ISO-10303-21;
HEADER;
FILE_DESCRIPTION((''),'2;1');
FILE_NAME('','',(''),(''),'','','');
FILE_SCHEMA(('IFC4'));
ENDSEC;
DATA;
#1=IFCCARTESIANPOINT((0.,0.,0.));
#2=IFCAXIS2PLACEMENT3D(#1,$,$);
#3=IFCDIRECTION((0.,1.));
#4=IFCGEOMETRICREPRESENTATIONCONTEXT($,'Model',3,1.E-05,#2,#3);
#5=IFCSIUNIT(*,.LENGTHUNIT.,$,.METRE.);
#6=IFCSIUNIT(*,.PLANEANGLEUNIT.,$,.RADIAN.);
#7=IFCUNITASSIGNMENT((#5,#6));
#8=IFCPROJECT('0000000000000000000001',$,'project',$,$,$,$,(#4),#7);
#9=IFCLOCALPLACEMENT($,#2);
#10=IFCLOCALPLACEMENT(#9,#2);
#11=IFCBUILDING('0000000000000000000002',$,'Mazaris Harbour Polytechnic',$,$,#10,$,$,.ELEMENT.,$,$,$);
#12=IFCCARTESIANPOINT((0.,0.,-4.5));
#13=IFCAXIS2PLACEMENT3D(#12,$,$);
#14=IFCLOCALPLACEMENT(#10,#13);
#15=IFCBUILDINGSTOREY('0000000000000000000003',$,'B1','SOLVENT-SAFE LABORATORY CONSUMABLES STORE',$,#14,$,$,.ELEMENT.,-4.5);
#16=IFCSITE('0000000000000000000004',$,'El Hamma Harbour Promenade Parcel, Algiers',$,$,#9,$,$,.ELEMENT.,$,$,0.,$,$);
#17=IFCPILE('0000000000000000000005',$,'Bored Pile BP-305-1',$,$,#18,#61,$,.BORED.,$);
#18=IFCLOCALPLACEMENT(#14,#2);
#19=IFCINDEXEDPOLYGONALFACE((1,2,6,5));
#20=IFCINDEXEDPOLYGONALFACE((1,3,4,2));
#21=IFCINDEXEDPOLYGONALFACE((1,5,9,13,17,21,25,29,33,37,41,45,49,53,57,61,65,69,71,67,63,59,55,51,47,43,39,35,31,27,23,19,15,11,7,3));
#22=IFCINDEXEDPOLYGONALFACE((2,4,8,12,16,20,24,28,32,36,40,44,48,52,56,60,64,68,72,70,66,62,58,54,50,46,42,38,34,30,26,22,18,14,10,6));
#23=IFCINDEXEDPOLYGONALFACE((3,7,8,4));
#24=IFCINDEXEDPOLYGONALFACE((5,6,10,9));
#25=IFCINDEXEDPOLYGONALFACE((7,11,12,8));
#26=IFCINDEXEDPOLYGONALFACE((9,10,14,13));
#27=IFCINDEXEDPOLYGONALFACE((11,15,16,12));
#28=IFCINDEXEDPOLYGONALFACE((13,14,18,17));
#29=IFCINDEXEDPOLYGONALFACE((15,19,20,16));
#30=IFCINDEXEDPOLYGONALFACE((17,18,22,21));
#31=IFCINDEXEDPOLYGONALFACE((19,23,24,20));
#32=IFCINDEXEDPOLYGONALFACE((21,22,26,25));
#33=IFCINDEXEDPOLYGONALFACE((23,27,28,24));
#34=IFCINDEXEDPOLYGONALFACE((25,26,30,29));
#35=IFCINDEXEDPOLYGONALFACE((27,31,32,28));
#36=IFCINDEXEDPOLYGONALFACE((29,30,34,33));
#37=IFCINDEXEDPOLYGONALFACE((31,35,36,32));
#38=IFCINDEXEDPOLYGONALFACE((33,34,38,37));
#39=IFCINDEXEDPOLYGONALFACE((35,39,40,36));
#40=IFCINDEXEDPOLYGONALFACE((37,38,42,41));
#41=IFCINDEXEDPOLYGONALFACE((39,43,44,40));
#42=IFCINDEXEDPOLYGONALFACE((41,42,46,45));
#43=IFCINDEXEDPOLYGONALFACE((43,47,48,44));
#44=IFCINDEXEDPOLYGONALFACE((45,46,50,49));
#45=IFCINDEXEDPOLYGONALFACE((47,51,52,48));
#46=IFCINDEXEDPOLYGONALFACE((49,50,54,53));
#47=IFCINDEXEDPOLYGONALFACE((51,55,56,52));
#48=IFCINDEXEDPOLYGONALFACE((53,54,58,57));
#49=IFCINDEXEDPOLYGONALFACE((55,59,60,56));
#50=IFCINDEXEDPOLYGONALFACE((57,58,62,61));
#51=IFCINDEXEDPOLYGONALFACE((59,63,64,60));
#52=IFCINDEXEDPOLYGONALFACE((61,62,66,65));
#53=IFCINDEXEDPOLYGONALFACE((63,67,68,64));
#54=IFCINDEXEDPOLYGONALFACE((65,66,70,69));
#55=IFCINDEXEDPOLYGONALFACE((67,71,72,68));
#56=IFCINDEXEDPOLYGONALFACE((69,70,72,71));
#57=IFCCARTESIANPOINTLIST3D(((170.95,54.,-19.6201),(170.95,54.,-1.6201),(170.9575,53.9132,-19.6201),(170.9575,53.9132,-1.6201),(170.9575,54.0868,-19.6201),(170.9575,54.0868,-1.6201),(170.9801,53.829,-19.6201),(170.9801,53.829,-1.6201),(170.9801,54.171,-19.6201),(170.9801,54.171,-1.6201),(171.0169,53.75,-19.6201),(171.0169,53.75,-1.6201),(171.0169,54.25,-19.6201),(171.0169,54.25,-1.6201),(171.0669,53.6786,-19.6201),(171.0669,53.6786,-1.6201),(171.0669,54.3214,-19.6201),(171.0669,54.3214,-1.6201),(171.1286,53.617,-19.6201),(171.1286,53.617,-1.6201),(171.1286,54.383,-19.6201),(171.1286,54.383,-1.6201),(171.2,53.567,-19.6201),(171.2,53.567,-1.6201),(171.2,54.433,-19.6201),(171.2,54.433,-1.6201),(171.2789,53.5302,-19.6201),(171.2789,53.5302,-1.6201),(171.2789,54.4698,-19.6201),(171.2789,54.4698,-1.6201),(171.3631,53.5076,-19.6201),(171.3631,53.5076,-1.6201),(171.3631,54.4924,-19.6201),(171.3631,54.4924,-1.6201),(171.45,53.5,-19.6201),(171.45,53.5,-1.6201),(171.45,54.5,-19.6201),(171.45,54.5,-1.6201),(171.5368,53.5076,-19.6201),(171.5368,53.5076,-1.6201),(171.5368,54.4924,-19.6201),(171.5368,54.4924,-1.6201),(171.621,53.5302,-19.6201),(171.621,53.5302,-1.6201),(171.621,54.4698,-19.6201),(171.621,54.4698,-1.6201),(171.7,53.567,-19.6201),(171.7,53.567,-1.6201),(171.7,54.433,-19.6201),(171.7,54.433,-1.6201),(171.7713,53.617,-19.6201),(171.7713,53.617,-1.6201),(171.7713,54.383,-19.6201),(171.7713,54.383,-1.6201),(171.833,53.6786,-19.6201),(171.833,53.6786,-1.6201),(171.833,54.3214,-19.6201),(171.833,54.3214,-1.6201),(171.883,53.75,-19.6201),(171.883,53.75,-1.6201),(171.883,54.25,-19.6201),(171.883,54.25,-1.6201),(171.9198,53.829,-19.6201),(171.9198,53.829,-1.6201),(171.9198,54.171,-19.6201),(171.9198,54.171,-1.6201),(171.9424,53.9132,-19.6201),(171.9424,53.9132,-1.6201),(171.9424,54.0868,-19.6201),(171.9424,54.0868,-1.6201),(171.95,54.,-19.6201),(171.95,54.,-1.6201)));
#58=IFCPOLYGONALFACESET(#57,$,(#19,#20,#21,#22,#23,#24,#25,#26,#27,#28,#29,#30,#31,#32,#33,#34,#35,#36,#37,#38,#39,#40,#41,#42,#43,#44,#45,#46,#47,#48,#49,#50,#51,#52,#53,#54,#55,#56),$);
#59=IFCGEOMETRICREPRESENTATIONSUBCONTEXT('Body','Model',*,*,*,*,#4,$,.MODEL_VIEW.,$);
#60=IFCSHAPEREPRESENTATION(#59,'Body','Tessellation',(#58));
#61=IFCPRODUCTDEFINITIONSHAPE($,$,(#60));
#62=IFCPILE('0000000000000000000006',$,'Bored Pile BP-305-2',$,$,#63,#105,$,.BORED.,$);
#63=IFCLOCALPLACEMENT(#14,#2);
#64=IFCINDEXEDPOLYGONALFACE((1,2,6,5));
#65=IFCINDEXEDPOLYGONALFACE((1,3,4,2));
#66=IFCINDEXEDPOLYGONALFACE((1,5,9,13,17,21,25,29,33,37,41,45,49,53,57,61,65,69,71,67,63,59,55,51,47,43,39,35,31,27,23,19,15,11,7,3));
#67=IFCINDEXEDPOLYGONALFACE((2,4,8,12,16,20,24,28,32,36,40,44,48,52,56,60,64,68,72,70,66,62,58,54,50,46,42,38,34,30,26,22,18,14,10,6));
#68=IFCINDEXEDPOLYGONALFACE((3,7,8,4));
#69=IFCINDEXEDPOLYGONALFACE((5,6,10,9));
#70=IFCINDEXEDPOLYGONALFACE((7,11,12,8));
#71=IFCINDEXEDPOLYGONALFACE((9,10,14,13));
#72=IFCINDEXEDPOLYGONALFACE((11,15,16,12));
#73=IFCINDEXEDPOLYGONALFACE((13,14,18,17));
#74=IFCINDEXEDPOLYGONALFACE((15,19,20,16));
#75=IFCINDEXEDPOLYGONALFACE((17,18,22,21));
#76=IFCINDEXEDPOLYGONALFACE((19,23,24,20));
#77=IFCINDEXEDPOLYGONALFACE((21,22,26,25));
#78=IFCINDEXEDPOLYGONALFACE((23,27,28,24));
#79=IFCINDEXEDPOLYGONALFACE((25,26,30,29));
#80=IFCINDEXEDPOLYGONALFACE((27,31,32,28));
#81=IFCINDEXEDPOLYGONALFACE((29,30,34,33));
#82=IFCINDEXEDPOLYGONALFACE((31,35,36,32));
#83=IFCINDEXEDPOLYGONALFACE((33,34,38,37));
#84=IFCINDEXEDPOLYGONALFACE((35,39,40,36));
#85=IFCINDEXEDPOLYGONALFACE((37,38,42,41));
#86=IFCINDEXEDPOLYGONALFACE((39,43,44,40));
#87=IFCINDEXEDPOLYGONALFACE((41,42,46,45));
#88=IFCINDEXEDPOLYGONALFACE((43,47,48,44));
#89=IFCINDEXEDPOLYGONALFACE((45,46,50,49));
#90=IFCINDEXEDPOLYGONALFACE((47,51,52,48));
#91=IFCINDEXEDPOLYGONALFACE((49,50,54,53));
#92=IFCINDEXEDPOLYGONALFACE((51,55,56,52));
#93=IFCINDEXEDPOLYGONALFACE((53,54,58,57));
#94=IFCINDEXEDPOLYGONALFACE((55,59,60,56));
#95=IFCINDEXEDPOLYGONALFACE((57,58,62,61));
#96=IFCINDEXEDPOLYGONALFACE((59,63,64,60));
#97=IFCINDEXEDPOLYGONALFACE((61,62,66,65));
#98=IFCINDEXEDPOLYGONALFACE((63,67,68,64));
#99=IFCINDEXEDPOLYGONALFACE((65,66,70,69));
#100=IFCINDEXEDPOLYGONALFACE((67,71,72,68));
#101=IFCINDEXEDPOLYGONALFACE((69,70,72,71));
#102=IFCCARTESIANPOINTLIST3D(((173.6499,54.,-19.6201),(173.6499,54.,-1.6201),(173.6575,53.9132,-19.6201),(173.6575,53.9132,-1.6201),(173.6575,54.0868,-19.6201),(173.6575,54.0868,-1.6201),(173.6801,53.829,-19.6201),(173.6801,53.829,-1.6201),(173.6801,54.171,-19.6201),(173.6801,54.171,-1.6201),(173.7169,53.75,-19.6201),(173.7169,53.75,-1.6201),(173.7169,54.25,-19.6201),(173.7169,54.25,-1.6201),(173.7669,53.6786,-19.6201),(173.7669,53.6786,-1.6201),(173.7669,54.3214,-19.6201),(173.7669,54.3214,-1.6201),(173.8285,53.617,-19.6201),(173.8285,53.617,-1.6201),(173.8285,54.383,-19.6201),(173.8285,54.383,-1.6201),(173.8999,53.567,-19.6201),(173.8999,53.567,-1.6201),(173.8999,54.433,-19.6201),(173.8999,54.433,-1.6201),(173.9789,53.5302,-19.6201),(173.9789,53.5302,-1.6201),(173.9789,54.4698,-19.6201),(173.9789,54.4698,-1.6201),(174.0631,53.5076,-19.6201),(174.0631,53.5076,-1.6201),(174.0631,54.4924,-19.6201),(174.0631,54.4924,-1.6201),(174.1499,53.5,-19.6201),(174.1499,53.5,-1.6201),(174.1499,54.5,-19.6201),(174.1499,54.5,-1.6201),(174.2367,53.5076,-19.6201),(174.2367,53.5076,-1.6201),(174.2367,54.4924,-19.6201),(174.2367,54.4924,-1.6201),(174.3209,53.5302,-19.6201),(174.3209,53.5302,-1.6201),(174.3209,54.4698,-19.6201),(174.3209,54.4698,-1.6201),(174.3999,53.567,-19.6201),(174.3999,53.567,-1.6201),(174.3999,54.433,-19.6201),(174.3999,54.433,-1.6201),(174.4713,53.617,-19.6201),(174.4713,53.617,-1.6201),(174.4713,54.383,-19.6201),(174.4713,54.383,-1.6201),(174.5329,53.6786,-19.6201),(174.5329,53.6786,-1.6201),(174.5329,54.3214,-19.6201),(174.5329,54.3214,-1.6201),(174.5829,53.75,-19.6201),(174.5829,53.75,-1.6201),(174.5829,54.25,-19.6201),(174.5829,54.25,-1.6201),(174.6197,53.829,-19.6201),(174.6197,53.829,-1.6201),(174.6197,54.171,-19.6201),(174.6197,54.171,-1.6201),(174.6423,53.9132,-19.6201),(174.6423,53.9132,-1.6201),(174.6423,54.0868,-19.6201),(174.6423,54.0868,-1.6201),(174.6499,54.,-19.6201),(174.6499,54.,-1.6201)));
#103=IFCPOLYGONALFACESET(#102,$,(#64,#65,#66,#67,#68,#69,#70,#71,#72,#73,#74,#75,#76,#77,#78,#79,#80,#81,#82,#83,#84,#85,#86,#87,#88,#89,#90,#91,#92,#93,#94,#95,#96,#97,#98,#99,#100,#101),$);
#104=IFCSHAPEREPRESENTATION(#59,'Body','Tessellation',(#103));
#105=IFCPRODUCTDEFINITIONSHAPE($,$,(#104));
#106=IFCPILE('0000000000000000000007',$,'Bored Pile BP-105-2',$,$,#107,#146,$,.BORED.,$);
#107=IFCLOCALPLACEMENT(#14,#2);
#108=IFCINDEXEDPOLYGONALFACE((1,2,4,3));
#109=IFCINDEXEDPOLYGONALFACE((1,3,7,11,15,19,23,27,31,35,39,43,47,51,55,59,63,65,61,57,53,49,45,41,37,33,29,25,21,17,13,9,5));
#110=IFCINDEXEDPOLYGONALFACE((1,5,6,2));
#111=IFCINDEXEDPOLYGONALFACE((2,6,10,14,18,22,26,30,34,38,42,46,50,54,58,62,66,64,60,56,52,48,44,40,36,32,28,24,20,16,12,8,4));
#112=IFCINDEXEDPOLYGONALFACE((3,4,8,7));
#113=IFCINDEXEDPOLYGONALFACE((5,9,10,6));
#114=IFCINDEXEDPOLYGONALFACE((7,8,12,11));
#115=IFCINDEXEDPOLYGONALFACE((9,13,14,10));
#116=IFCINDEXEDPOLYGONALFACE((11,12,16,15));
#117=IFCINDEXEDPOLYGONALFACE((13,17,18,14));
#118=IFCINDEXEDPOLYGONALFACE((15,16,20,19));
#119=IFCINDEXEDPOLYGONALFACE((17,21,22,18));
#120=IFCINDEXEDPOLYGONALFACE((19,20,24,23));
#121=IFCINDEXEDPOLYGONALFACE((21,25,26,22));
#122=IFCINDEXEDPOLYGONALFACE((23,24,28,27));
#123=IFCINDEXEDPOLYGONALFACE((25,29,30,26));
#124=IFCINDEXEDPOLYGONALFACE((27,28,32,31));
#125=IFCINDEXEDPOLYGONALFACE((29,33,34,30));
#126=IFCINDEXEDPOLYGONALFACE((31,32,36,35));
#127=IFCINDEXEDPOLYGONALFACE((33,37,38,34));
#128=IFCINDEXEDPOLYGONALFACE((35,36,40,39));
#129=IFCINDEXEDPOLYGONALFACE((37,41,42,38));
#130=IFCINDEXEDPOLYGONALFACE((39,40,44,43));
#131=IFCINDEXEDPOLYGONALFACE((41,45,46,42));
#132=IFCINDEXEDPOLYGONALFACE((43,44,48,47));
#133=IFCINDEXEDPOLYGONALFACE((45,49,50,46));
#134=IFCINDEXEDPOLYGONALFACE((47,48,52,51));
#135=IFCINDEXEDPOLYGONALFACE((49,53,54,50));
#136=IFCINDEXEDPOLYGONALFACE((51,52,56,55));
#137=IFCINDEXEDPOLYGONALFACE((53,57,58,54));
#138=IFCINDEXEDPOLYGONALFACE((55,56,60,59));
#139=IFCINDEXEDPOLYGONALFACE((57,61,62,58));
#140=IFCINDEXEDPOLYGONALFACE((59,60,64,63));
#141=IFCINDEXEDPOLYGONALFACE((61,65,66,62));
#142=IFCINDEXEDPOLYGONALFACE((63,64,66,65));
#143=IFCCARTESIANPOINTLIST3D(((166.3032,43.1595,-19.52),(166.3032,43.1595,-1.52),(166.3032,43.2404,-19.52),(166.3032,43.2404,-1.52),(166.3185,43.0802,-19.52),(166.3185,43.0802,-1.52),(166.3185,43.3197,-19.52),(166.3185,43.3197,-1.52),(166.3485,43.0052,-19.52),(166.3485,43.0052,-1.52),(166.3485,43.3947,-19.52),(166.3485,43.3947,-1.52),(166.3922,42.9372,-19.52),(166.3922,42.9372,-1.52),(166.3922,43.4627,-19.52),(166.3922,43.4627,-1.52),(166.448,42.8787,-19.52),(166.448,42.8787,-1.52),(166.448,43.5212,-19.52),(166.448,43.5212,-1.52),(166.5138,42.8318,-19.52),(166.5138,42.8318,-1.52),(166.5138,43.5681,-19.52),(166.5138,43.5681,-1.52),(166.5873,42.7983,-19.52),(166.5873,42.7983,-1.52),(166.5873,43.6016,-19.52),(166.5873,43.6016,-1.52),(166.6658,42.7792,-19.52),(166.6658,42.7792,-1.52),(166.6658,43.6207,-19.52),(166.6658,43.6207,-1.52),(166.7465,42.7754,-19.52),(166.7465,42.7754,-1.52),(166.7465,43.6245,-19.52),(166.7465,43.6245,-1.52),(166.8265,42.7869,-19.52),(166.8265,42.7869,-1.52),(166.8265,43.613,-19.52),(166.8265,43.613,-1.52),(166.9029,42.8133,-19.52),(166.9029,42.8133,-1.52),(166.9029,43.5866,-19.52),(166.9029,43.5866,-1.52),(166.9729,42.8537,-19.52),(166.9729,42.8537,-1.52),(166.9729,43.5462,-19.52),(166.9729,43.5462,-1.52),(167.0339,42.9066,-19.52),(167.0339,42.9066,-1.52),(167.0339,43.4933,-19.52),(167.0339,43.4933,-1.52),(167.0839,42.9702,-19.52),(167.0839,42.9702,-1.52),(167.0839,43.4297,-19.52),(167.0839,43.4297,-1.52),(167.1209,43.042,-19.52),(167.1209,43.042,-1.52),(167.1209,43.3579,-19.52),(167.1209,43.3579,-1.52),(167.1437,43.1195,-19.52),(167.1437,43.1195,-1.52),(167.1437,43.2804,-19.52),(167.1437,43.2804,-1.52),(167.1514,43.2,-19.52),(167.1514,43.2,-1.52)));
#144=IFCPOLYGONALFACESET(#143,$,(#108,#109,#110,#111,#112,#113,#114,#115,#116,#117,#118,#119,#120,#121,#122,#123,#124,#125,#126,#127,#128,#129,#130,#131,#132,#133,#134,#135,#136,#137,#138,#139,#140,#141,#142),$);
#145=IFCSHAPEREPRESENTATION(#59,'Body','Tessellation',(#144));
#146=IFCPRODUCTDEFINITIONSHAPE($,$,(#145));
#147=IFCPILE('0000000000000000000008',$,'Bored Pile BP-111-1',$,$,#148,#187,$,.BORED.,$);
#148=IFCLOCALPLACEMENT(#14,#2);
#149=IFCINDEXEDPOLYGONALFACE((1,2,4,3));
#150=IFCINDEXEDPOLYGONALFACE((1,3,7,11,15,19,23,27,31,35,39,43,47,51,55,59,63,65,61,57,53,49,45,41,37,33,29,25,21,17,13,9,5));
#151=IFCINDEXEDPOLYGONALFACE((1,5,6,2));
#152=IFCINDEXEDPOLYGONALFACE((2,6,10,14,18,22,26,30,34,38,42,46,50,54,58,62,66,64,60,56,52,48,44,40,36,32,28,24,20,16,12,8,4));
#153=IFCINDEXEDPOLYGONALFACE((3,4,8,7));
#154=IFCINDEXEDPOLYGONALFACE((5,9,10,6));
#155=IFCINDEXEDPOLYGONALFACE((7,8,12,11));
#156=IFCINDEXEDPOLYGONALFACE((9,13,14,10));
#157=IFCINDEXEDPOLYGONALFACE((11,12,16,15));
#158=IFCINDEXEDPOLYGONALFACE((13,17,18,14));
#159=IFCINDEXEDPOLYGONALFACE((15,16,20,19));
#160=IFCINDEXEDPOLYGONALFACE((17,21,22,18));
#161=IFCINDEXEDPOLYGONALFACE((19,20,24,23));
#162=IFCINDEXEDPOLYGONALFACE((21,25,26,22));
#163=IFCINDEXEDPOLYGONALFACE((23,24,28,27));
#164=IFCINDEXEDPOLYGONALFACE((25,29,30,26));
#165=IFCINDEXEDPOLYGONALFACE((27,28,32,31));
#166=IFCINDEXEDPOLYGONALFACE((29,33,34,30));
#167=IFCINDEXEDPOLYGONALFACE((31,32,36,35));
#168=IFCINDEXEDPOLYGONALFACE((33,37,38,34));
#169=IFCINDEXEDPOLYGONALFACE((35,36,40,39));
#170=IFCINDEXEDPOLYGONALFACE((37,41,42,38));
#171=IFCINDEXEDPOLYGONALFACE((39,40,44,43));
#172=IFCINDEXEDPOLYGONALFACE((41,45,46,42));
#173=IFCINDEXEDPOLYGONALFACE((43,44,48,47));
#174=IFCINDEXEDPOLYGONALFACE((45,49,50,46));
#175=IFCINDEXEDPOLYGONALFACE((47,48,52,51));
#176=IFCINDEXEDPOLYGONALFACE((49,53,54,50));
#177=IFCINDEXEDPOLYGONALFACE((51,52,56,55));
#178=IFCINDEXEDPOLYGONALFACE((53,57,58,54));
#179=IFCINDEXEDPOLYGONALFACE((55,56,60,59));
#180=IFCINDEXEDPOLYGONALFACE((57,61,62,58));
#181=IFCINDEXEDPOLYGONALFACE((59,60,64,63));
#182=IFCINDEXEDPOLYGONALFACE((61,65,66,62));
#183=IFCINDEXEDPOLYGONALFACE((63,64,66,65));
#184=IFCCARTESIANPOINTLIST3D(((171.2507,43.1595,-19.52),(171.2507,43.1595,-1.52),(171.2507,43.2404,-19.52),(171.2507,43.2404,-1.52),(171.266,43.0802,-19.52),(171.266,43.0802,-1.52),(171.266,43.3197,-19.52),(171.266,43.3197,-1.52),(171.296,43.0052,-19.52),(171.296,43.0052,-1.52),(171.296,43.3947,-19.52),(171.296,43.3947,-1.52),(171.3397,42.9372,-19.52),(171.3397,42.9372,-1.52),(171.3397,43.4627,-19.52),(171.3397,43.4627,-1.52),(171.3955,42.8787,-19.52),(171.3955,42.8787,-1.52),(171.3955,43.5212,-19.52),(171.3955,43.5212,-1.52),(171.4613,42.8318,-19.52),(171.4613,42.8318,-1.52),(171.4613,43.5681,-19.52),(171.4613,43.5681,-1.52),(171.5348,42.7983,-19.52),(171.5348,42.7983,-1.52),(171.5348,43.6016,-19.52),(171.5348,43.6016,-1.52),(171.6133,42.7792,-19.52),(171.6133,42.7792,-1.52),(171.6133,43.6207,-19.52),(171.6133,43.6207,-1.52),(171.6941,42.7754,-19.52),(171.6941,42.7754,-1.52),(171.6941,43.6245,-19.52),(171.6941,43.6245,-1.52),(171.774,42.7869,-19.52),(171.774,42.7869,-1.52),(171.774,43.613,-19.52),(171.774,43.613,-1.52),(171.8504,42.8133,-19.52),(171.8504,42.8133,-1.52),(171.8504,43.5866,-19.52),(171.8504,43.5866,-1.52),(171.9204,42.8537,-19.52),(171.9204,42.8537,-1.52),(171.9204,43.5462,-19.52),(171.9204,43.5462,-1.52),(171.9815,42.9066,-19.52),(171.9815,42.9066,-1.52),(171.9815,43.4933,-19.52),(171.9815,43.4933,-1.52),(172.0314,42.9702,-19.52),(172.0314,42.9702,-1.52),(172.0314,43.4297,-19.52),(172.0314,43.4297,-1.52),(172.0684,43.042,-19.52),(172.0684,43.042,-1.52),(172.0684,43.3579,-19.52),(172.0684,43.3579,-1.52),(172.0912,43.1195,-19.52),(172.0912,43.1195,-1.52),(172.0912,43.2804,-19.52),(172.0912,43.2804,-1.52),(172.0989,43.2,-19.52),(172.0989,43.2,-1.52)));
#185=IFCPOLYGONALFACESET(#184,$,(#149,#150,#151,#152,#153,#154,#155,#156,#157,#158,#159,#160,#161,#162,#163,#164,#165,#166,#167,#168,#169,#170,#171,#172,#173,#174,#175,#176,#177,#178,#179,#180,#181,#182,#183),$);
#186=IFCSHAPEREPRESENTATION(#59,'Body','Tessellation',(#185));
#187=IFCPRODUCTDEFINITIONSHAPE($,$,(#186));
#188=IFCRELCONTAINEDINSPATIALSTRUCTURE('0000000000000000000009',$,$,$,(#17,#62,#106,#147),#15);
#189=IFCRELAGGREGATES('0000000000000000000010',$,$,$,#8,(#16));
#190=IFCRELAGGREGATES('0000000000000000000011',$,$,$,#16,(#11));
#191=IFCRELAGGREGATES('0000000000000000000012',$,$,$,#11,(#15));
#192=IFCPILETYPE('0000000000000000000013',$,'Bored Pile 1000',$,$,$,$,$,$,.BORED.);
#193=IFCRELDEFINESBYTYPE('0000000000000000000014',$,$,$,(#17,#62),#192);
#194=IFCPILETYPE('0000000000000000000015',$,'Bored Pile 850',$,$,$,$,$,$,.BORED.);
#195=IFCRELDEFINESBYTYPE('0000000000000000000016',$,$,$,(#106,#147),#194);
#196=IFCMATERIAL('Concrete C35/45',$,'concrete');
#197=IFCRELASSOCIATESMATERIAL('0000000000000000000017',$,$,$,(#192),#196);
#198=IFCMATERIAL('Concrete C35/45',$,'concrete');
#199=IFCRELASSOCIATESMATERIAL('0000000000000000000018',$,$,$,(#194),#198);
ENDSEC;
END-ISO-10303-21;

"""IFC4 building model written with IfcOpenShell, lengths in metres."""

from ifc_helpers import new_model, si_unit, direction, frame, origin, origin_2d, place, context, subcontext, project, spatial, circle, extrude, material, material_profile, profile_set, type_object, element, save


model = new_model("IFC4")

# Units and contexts
model_context = context("Model", 3, precision=1e-05, world=origin(), true_north=direction((0.0, 1.0)))
body_context = subcontext(model_context, "Body", "Model", "MODEL_VIEW")
ifc_project = project(units=[si_unit("LENGTHUNIT", "METRE"), si_unit("PLANEANGLEUNIT", "RADIAN")], contexts=[model_context])

# Site, building, storey
site_placement = place(None, origin())
site = spatial("IfcSite", under=ifc_project, at=site_placement, Name="El Hamma Harbour Promenade Parcel, Algiers", CompositionType="ELEMENT", RefElevation=0.0)
building_placement = place(site_placement, origin())
building = spatial("IfcBuilding", under=site, at=building_placement, Name="Mazaris Harbour Polytechnic", CompositionType="ELEMENT")
storey_placement = place(building_placement, frame((0.0, 0.0, -4.5)))
storey = spatial("IfcBuildingStorey", under=building, at=storey_placement, Name="B1", Description="SOLVENT-SAFE LABORATORY CONSUMABLES STORE", CompositionType="ELEMENT", Elevation=-4.5)

# Piles
ifc_material_1 = material(Name="Concrete C35/45", Category="concrete")
ifc_material_profile_1 = material_profile(ifc_material_1, circle(Radius=0.5, at=origin_2d()), Name="DIA1000")
ifc_profile_set_1 = profile_set([ifc_material_profile_1], Name="Concrete C35/45")
pile_type_1 = type_object("IfcPileType", Name="Bored Pile 1000", PredefinedType="BORED", material=ifc_profile_set_1)
for number, where, z_axis, x_axis, name in (
    (1, (171.45, 54.0, -1.6201), (0.0, 0.0, -1.0), (1.0, 0.0, 0.0), "Bored Pile BP-305-1"),
    (2, (174.1499, 54.0, -1.6201), (0.0, 0.0, -1.0), (1.0, 0.0, 0.0), "Bored Pile BP-305-2"),
):
    element("IfcPile", number, at=place(storey_placement, frame(where, z_axis=z_axis, x_axis=x_axis)), inside=storey, type_object=pile_type_1, Name=name, PredefinedType="BORED", context=body_context, shape_type="SweptSolid", body=[
        extrude(circle(Radius=0.5, at=origin_2d()), origin(), (0.0, 0.0, 1.0), 18.0),
    ])
ifc_material_2 = material(Name="Concrete C35/45", Category="concrete")
ifc_material_profile_2 = material_profile(ifc_material_2, circle(Radius=0.425, at=origin_2d()), Name="DIA850")
ifc_profile_set_2 = profile_set([ifc_material_profile_2], Name="Concrete C35/45")
pile_type_2 = type_object("IfcPileType", Name="Bored Pile 850", PredefinedType="BORED", material=ifc_profile_set_2)
for number, where, z_axis, x_axis, name in (
    (3, (166.7263, 43.2, -1.52), (0.0, 0.0, -1.0), (1.0, 0.0, 0.0), "Bored Pile BP-105-2"),
    (4, (171.6738, 43.2, -1.52), (0.0, 0.0, -1.0), (1.0, 0.0, 0.0), "Bored Pile BP-111-1"),
):
    element("IfcPile", number, at=place(storey_placement, frame(where, z_axis=z_axis, x_axis=x_axis)), inside=storey, type_object=pile_type_2, Name=name, PredefinedType="BORED", context=body_context, shape_type="SweptSolid", body=[
        extrude(circle(Radius=0.425, at=origin_2d()), origin(), (0.0, 0.0, 1.0), 18.0),
    ])

save(model, "model.ifc")
